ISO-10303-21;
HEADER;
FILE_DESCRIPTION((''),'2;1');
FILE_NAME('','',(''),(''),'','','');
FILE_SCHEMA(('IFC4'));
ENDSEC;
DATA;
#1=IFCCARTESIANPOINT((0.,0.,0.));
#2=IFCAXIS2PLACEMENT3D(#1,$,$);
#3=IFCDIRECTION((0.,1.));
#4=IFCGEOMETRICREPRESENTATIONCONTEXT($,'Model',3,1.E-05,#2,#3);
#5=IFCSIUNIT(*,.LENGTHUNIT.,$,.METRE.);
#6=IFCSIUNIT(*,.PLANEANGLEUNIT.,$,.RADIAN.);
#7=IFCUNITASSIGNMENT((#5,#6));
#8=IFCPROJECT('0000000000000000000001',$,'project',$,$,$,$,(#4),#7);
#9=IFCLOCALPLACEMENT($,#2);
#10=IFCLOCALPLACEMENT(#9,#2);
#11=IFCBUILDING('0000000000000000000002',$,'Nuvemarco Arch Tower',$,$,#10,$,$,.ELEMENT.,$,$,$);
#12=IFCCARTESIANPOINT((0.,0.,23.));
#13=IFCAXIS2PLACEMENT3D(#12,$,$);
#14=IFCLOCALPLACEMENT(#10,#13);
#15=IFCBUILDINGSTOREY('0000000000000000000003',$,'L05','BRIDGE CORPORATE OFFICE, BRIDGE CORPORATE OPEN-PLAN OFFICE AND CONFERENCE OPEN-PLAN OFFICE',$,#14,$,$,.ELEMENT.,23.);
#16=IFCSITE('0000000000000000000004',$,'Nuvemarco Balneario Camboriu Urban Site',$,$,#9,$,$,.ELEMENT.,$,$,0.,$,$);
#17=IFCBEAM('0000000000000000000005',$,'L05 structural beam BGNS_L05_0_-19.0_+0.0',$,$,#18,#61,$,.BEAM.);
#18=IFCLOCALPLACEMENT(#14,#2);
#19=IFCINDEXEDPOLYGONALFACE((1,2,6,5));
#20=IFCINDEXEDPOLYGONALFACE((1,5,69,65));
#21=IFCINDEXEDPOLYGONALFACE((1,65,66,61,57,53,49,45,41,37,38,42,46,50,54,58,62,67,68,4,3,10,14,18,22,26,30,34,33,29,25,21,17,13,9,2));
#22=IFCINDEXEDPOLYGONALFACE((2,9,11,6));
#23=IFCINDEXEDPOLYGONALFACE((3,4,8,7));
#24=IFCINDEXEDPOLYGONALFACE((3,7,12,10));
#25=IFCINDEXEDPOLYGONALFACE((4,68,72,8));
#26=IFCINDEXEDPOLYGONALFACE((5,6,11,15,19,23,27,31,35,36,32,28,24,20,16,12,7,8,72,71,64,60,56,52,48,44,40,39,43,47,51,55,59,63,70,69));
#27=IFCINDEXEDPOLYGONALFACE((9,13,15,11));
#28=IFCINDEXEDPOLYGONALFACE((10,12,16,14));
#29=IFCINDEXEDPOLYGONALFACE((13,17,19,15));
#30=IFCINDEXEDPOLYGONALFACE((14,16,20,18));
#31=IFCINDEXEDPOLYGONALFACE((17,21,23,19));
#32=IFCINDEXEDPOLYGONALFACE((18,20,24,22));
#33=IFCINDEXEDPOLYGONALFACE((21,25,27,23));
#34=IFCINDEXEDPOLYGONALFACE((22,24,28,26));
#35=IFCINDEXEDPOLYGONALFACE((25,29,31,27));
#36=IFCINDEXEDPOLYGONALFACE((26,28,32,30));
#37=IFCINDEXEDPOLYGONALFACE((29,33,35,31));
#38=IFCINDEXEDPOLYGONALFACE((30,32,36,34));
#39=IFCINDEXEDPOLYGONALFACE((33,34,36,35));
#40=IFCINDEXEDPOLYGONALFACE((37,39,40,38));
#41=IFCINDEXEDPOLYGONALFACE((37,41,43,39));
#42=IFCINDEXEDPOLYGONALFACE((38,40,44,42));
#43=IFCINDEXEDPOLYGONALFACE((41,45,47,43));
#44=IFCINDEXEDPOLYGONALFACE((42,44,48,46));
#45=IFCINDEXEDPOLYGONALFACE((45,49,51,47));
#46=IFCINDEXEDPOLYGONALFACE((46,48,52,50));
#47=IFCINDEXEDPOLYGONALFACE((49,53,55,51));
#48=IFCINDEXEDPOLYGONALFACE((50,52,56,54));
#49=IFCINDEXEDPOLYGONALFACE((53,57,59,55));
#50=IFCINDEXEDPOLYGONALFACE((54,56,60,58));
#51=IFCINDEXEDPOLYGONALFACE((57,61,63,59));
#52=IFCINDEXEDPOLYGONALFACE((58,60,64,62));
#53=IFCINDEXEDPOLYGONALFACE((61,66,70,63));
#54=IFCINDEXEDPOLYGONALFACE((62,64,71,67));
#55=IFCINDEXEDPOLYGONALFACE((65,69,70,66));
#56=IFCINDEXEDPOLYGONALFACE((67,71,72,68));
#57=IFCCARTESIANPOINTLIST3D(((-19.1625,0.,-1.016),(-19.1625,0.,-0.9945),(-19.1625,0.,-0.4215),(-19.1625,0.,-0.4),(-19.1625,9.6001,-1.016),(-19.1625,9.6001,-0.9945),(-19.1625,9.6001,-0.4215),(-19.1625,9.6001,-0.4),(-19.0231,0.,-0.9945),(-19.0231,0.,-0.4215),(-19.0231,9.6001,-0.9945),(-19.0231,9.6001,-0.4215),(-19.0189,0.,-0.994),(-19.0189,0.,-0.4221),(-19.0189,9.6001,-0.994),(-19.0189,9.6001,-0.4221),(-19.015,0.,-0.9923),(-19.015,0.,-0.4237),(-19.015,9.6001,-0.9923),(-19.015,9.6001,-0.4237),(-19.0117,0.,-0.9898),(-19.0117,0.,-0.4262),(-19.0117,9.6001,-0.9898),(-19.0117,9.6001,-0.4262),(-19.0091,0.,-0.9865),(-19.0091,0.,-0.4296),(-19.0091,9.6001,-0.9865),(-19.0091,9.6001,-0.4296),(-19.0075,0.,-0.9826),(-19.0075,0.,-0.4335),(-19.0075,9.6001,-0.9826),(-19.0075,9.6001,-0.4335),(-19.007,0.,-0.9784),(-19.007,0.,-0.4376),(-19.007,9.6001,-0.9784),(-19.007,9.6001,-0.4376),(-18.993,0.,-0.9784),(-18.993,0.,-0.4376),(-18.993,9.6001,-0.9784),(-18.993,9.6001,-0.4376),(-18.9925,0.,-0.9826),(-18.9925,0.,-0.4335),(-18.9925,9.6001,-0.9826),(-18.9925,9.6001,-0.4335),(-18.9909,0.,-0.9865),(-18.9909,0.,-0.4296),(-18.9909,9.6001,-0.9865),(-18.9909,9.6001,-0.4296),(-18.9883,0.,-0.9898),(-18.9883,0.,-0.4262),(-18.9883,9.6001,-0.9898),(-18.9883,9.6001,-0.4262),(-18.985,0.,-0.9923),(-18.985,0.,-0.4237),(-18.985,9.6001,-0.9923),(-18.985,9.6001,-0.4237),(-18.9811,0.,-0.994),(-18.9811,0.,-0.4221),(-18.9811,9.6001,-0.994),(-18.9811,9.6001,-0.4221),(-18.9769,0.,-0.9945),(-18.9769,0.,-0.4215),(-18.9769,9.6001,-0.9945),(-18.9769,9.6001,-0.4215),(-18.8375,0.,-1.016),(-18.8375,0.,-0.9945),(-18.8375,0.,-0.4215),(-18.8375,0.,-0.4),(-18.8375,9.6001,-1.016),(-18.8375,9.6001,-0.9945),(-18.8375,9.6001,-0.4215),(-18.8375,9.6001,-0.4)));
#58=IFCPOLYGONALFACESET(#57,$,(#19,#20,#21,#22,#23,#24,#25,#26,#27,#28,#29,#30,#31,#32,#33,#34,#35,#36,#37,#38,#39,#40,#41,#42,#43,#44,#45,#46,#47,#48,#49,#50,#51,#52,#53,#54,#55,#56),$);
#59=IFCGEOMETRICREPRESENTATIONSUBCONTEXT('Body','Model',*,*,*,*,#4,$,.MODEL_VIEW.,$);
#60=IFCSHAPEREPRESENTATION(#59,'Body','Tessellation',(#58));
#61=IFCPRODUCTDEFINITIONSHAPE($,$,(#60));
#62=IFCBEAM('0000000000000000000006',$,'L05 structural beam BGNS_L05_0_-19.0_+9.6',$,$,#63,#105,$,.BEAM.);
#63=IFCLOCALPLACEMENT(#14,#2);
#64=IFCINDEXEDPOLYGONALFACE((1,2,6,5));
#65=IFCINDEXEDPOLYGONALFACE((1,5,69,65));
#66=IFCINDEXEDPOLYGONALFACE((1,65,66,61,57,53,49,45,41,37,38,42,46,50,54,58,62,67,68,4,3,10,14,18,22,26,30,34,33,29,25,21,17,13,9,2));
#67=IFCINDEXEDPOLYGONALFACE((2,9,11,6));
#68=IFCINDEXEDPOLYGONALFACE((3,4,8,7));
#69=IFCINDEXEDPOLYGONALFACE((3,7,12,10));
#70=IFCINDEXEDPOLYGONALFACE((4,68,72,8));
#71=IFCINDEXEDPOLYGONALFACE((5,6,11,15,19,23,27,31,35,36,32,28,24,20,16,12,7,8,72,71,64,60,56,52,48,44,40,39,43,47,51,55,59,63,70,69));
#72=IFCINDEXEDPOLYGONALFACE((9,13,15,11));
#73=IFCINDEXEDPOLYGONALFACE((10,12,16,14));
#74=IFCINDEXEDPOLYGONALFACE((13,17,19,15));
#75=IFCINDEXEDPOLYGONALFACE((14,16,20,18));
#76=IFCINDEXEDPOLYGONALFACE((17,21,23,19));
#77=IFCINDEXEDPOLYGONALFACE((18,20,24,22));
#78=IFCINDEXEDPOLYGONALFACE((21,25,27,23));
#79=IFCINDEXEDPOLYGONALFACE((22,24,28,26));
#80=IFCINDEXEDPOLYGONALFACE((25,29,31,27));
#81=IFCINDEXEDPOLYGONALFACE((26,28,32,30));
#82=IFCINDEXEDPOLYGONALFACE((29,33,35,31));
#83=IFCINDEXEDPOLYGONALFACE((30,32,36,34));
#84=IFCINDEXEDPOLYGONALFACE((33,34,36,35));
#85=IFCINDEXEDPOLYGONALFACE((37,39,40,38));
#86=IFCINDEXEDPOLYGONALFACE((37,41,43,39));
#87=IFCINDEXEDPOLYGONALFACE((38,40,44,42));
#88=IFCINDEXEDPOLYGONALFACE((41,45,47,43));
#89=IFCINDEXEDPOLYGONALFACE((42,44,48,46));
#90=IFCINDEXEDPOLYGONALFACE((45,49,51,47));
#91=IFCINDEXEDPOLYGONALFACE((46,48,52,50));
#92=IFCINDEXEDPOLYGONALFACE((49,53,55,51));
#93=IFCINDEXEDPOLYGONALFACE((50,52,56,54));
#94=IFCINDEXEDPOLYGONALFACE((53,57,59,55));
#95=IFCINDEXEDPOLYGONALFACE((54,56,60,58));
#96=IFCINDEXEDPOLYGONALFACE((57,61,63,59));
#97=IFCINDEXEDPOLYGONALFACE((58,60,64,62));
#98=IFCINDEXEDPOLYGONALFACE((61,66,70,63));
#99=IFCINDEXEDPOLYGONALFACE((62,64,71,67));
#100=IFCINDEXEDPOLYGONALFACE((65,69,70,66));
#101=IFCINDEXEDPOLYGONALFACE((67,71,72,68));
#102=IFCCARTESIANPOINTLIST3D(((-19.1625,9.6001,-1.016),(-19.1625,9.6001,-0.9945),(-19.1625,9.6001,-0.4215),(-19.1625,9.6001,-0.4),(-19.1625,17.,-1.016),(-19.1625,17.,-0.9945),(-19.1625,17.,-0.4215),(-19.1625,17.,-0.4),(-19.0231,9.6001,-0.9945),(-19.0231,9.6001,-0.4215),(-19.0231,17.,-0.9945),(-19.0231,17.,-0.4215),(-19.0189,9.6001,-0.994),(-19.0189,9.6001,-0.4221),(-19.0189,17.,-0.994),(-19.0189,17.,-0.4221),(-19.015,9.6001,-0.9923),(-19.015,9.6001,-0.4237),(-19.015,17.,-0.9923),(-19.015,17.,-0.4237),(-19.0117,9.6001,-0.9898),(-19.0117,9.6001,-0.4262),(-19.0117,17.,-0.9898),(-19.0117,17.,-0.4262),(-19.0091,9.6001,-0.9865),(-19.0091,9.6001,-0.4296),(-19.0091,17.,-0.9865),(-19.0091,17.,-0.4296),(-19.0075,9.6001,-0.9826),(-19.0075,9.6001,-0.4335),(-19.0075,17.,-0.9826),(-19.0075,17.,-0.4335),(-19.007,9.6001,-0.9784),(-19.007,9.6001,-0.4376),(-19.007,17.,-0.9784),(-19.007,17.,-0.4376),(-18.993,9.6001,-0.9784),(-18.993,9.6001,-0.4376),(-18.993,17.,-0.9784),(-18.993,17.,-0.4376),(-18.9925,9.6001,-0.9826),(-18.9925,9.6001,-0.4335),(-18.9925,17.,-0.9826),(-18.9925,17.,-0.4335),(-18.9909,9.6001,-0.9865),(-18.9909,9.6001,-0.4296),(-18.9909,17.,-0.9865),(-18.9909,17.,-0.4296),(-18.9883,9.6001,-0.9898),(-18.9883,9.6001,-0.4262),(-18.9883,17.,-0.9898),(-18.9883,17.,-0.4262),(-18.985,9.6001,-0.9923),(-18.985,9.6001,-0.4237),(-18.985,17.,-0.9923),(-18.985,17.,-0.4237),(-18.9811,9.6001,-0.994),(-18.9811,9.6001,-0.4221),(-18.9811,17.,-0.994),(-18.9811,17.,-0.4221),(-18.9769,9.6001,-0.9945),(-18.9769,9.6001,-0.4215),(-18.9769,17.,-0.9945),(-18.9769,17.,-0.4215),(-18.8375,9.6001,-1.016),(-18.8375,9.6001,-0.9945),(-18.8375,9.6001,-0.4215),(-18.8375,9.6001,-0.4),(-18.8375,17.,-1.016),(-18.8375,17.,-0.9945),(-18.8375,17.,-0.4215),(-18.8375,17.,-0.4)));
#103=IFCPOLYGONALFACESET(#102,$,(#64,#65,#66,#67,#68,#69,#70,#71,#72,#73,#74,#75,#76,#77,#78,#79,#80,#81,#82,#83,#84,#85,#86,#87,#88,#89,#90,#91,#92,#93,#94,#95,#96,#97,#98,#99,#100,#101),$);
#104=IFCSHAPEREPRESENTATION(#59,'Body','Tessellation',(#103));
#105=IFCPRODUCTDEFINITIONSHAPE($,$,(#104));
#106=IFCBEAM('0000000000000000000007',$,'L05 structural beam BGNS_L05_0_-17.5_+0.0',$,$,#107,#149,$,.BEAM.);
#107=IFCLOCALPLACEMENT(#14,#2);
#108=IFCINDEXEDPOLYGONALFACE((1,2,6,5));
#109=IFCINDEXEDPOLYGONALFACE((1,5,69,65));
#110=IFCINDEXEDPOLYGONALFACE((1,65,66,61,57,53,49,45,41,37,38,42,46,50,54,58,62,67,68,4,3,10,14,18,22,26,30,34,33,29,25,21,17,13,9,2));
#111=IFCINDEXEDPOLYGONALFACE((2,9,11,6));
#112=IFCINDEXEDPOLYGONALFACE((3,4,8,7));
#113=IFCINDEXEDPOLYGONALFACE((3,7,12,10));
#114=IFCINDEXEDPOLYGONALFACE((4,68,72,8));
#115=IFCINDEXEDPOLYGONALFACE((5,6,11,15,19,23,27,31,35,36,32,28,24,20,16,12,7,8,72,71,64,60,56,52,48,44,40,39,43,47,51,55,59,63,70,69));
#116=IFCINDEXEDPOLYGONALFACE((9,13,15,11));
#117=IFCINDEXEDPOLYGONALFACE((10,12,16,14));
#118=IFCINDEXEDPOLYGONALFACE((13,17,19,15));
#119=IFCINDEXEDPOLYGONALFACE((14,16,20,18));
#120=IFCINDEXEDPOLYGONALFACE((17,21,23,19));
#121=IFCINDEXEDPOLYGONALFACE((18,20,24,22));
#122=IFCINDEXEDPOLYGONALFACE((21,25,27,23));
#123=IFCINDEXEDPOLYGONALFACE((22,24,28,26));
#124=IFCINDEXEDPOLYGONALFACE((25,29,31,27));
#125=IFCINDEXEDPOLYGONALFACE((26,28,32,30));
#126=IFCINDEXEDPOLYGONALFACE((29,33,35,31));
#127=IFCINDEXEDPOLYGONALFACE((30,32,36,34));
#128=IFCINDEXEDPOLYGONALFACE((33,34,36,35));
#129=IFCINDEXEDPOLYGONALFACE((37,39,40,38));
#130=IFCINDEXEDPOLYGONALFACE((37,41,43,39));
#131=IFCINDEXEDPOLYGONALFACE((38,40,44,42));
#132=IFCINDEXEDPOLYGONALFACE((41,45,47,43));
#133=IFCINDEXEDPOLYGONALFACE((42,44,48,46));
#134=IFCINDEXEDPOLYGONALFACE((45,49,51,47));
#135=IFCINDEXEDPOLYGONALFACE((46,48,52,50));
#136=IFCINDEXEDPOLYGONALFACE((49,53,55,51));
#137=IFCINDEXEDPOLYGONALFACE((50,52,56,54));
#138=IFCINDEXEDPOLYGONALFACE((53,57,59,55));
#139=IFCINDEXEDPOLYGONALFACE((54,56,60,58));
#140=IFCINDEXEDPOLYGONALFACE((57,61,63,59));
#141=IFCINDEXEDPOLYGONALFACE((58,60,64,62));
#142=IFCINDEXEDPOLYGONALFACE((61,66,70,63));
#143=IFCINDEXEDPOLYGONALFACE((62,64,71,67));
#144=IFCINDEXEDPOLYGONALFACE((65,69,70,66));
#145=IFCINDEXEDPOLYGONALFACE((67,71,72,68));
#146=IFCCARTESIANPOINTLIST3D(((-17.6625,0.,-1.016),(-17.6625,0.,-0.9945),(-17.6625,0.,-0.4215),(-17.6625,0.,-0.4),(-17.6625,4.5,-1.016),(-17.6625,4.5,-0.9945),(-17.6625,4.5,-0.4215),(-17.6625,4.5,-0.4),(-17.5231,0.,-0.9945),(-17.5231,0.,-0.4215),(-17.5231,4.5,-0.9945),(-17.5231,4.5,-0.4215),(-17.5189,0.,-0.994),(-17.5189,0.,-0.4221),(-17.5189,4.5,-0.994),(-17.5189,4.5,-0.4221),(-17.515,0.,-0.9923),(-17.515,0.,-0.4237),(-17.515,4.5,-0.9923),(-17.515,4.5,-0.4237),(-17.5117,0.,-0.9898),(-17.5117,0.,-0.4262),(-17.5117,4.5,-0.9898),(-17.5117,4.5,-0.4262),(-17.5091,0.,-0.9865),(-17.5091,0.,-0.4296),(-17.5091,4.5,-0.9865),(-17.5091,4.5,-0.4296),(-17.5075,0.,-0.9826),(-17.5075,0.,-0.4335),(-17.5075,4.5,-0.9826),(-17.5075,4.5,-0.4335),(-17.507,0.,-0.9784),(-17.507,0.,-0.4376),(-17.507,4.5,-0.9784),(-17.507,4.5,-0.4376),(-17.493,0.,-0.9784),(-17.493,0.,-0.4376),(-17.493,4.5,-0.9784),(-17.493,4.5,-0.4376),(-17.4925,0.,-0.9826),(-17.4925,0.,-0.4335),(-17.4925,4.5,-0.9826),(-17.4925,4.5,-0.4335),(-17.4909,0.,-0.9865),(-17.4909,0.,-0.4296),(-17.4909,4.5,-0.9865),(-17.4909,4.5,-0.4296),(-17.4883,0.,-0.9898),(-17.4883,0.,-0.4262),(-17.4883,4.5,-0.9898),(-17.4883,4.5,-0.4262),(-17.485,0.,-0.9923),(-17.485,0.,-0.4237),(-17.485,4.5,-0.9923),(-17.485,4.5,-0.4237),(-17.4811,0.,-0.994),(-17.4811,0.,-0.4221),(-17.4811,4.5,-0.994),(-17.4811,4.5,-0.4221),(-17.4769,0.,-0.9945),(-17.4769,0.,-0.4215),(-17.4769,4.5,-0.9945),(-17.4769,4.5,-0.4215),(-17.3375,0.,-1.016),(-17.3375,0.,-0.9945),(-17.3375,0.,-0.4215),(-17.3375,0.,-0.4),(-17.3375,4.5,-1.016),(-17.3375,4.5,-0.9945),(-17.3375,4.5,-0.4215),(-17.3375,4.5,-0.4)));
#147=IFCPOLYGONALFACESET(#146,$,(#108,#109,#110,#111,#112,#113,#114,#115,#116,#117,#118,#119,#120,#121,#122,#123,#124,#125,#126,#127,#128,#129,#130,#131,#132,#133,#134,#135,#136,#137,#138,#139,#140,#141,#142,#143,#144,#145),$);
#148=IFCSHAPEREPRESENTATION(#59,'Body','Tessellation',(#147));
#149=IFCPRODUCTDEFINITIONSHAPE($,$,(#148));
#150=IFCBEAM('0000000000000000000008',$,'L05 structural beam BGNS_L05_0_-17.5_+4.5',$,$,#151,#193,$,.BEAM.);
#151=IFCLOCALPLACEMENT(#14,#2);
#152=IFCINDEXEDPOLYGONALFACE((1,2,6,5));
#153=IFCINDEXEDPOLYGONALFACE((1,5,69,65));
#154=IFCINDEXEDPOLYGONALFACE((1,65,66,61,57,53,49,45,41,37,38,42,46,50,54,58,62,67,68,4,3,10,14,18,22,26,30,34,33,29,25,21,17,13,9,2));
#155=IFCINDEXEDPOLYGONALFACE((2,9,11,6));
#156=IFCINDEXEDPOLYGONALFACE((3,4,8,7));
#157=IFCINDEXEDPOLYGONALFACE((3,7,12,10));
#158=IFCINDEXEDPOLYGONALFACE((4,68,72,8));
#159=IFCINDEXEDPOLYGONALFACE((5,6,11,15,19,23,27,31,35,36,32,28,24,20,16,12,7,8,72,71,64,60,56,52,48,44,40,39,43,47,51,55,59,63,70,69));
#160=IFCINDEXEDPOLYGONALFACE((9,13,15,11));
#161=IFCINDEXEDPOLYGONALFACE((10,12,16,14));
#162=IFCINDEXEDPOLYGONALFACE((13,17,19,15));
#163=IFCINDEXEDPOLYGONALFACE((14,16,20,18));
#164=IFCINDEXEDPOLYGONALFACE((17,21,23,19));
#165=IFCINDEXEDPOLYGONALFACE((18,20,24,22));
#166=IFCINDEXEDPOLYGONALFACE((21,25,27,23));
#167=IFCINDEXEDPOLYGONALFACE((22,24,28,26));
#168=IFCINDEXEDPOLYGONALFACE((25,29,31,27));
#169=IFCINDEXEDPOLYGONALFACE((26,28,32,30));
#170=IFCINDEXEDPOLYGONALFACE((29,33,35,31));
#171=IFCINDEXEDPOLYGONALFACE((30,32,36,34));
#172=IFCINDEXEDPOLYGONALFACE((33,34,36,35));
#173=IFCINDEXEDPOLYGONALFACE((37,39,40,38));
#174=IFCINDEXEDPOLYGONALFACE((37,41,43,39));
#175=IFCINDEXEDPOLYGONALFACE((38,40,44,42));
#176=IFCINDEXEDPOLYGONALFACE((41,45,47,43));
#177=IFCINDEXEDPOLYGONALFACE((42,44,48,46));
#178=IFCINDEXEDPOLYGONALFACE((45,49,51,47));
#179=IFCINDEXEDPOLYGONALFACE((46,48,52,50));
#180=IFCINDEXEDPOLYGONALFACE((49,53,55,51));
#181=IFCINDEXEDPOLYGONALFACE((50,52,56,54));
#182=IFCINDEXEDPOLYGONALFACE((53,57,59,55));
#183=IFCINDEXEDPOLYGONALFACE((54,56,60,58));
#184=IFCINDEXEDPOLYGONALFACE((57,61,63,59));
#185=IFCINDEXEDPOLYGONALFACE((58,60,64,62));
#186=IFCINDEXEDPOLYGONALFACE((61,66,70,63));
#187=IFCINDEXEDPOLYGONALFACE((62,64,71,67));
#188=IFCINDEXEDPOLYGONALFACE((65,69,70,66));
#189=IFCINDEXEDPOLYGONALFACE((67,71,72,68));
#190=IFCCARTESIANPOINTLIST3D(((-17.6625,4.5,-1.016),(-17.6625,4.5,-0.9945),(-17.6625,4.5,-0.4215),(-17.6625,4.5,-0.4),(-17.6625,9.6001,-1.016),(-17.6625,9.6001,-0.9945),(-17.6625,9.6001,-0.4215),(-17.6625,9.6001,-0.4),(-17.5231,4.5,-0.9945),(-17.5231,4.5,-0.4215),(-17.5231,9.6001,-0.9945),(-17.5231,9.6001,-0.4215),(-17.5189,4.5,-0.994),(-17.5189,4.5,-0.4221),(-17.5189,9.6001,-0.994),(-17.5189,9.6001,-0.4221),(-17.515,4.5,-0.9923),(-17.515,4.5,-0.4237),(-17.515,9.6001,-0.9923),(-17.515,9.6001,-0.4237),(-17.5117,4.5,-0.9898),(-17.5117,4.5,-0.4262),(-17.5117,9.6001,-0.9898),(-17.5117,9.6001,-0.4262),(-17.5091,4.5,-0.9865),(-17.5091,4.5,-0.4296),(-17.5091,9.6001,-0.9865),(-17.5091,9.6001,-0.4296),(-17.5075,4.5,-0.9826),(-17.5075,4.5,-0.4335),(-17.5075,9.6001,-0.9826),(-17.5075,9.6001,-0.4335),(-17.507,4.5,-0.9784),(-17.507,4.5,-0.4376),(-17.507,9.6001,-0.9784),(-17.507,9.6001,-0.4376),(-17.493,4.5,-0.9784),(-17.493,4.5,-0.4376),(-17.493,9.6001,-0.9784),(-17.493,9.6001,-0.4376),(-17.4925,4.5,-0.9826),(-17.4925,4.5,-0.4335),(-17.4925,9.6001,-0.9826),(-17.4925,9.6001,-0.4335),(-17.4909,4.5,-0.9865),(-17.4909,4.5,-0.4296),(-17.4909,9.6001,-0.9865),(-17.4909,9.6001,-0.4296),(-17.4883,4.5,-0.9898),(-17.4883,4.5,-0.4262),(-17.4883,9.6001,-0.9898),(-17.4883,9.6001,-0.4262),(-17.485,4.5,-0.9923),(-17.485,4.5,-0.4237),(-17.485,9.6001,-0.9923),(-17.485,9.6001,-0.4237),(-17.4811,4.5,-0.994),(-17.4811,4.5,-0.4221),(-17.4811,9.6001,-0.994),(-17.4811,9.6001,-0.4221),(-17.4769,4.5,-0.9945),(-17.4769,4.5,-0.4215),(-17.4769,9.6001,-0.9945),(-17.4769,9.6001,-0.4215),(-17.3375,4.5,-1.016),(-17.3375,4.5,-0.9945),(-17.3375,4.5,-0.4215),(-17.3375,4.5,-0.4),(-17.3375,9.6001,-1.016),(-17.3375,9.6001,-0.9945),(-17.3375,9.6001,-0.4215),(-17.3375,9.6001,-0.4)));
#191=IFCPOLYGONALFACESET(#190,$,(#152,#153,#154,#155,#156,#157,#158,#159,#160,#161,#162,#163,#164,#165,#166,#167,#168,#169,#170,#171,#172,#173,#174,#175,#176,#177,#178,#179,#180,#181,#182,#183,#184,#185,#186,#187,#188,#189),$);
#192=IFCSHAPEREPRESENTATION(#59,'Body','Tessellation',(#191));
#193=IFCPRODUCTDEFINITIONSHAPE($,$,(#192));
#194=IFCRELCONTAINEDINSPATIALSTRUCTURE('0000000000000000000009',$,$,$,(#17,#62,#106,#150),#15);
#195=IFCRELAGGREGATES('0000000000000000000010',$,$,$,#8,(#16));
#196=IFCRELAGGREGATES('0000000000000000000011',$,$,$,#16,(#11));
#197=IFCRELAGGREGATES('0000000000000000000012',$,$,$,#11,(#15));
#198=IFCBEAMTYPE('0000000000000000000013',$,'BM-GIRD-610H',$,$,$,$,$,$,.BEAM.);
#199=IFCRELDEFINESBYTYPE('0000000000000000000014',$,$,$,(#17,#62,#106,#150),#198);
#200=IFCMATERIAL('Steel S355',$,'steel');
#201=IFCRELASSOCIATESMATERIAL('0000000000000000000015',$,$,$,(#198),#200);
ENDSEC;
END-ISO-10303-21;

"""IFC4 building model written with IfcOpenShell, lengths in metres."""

from ifc_helpers import new_model, si_unit, direction, frame, origin, origin_2d, place, context, subcontext, project, spatial, i_section, extrude, material, material_profile, profile_set, type_object, element, save


model = new_model("IFC4")

# Units and contexts
model_context = context("Model", 3, precision=1e-05, world=origin(), true_north=direction((0.0, 1.0)))
body_context = subcontext(model_context, "Body", "Model", "MODEL_VIEW")
ifc_project = project(units=[si_unit("LENGTHUNIT", "METRE"), si_unit("PLANEANGLEUNIT", "RADIAN")], contexts=[model_context])

# Site, building, storey
site_placement = place(None, origin())
site = spatial("IfcSite", under=ifc_project, at=site_placement, Name="Nuvemarco Balneario Camboriu Urban Site", CompositionType="ELEMENT", RefElevation=0.0)
building_placement = place(site_placement, origin())
building = spatial("IfcBuilding", under=site, at=building_placement, Name="Nuvemarco Arch Tower", CompositionType="ELEMENT")
storey_placement = place(building_placement, frame((0.0, 0.0, 23.0)))
storey = spatial("IfcBuildingStorey", under=building, at=storey_placement, Name="L05", Description="BRIDGE CORPORATE OFFICE, BRIDGE CORPORATE OPEN-PLAN OFFICE AND CONFERENCE OPEN-PLAN OFFICE", CompositionType="ELEMENT", Elevation=23.0)

# Beams
ifc_material_1 = material(Name="Steel S355", Category="steel")
ifc_material_profile_1 = material_profile(ifc_material_1, i_section(OverallWidth=0.325, OverallDepth=0.616, WebThickness=0.0139, FlangeThickness=0.0215, FilletRadius=0.0161, at=origin_2d()), Name="W610x174")
ifc_profile_set_1 = profile_set([ifc_material_profile_1], Name="Steel S355")
beam_type_1 = type_object("IfcBeamType", Name="BM-GIRD-610H", PredefinedType="BEAM", material=ifc_profile_set_1)
beam_1_placement = place(storey_placement, frame((-19.0, 0.0, -0.708), z_axis=(0.0, 1.0, 0.0), x_axis=(-1.0, 0.0, 0.0)))
element("IfcBeam", 1, at=beam_1_placement, inside=storey, type_object=beam_type_1, Name="L05 structural beam BGNS_L05_0_-19.0_+0.0", PredefinedType="BEAM", context=body_context, shape_type="SweptSolid", body=[
    extrude(i_section(OverallWidth=0.325, OverallDepth=0.616, WebThickness=0.0139, FlangeThickness=0.0215, FilletRadius=0.0161, at=origin_2d()), origin(), (0.0, 0.0, 1.0), 9.6001),
])
beam_2_placement = place(storey_placement, frame((-19.0, 9.6001, -0.708), z_axis=(0.0, 1.0, 0.0), x_axis=(-1.0, 0.0, 0.0)))
element("IfcBeam", 2, at=beam_2_placement, inside=storey, type_object=beam_type_1, Name="L05 structural beam BGNS_L05_0_-19.0_+9.6", PredefinedType="BEAM", context=body_context, shape_type="SweptSolid", body=[
    extrude(i_section(OverallWidth=0.325, OverallDepth=0.616, WebThickness=0.0139, FlangeThickness=0.0215, FilletRadius=0.0161, at=origin_2d()), origin(), (0.0, 0.0, 1.0), 7.3999),
])
beam_3_placement = place(storey_placement, frame((-17.5, 0.0, -0.708), z_axis=(0.0, 1.0, 0.0), x_axis=(-1.0, 0.0, 0.0)))
element("IfcBeam", 3, at=beam_3_placement, inside=storey, type_object=beam_type_1, Name="L05 structural beam BGNS_L05_0_-17.5_+0.0", PredefinedType="BEAM", context=body_context, shape_type="SweptSolid", body=[
    extrude(i_section(OverallWidth=0.325, OverallDepth=0.616, WebThickness=0.0139, FlangeThickness=0.0215, FilletRadius=0.0161, at=origin_2d()), origin(), (0.0, 0.0, 1.0), 4.5),
])
beam_4_placement = place(storey_placement, frame((-17.5, 4.5, -0.708), z_axis=(0.0, 1.0, 0.0), x_axis=(-1.0, 0.0, 0.0)))
element("IfcBeam", 4, at=beam_4_placement, inside=storey, type_object=beam_type_1, Name="L05 structural beam BGNS_L05_0_-17.5_+4.5", PredefinedType="BEAM", context=body_context, shape_type="SweptSolid", body=[
    extrude(i_section(OverallWidth=0.325, OverallDepth=0.616, WebThickness=0.0139, FlangeThickness=0.0215, FilletRadius=0.0161, at=origin_2d()), origin(), (0.0, 0.0, 1.0), 5.1001),
])

save(model, "model.ifc")
